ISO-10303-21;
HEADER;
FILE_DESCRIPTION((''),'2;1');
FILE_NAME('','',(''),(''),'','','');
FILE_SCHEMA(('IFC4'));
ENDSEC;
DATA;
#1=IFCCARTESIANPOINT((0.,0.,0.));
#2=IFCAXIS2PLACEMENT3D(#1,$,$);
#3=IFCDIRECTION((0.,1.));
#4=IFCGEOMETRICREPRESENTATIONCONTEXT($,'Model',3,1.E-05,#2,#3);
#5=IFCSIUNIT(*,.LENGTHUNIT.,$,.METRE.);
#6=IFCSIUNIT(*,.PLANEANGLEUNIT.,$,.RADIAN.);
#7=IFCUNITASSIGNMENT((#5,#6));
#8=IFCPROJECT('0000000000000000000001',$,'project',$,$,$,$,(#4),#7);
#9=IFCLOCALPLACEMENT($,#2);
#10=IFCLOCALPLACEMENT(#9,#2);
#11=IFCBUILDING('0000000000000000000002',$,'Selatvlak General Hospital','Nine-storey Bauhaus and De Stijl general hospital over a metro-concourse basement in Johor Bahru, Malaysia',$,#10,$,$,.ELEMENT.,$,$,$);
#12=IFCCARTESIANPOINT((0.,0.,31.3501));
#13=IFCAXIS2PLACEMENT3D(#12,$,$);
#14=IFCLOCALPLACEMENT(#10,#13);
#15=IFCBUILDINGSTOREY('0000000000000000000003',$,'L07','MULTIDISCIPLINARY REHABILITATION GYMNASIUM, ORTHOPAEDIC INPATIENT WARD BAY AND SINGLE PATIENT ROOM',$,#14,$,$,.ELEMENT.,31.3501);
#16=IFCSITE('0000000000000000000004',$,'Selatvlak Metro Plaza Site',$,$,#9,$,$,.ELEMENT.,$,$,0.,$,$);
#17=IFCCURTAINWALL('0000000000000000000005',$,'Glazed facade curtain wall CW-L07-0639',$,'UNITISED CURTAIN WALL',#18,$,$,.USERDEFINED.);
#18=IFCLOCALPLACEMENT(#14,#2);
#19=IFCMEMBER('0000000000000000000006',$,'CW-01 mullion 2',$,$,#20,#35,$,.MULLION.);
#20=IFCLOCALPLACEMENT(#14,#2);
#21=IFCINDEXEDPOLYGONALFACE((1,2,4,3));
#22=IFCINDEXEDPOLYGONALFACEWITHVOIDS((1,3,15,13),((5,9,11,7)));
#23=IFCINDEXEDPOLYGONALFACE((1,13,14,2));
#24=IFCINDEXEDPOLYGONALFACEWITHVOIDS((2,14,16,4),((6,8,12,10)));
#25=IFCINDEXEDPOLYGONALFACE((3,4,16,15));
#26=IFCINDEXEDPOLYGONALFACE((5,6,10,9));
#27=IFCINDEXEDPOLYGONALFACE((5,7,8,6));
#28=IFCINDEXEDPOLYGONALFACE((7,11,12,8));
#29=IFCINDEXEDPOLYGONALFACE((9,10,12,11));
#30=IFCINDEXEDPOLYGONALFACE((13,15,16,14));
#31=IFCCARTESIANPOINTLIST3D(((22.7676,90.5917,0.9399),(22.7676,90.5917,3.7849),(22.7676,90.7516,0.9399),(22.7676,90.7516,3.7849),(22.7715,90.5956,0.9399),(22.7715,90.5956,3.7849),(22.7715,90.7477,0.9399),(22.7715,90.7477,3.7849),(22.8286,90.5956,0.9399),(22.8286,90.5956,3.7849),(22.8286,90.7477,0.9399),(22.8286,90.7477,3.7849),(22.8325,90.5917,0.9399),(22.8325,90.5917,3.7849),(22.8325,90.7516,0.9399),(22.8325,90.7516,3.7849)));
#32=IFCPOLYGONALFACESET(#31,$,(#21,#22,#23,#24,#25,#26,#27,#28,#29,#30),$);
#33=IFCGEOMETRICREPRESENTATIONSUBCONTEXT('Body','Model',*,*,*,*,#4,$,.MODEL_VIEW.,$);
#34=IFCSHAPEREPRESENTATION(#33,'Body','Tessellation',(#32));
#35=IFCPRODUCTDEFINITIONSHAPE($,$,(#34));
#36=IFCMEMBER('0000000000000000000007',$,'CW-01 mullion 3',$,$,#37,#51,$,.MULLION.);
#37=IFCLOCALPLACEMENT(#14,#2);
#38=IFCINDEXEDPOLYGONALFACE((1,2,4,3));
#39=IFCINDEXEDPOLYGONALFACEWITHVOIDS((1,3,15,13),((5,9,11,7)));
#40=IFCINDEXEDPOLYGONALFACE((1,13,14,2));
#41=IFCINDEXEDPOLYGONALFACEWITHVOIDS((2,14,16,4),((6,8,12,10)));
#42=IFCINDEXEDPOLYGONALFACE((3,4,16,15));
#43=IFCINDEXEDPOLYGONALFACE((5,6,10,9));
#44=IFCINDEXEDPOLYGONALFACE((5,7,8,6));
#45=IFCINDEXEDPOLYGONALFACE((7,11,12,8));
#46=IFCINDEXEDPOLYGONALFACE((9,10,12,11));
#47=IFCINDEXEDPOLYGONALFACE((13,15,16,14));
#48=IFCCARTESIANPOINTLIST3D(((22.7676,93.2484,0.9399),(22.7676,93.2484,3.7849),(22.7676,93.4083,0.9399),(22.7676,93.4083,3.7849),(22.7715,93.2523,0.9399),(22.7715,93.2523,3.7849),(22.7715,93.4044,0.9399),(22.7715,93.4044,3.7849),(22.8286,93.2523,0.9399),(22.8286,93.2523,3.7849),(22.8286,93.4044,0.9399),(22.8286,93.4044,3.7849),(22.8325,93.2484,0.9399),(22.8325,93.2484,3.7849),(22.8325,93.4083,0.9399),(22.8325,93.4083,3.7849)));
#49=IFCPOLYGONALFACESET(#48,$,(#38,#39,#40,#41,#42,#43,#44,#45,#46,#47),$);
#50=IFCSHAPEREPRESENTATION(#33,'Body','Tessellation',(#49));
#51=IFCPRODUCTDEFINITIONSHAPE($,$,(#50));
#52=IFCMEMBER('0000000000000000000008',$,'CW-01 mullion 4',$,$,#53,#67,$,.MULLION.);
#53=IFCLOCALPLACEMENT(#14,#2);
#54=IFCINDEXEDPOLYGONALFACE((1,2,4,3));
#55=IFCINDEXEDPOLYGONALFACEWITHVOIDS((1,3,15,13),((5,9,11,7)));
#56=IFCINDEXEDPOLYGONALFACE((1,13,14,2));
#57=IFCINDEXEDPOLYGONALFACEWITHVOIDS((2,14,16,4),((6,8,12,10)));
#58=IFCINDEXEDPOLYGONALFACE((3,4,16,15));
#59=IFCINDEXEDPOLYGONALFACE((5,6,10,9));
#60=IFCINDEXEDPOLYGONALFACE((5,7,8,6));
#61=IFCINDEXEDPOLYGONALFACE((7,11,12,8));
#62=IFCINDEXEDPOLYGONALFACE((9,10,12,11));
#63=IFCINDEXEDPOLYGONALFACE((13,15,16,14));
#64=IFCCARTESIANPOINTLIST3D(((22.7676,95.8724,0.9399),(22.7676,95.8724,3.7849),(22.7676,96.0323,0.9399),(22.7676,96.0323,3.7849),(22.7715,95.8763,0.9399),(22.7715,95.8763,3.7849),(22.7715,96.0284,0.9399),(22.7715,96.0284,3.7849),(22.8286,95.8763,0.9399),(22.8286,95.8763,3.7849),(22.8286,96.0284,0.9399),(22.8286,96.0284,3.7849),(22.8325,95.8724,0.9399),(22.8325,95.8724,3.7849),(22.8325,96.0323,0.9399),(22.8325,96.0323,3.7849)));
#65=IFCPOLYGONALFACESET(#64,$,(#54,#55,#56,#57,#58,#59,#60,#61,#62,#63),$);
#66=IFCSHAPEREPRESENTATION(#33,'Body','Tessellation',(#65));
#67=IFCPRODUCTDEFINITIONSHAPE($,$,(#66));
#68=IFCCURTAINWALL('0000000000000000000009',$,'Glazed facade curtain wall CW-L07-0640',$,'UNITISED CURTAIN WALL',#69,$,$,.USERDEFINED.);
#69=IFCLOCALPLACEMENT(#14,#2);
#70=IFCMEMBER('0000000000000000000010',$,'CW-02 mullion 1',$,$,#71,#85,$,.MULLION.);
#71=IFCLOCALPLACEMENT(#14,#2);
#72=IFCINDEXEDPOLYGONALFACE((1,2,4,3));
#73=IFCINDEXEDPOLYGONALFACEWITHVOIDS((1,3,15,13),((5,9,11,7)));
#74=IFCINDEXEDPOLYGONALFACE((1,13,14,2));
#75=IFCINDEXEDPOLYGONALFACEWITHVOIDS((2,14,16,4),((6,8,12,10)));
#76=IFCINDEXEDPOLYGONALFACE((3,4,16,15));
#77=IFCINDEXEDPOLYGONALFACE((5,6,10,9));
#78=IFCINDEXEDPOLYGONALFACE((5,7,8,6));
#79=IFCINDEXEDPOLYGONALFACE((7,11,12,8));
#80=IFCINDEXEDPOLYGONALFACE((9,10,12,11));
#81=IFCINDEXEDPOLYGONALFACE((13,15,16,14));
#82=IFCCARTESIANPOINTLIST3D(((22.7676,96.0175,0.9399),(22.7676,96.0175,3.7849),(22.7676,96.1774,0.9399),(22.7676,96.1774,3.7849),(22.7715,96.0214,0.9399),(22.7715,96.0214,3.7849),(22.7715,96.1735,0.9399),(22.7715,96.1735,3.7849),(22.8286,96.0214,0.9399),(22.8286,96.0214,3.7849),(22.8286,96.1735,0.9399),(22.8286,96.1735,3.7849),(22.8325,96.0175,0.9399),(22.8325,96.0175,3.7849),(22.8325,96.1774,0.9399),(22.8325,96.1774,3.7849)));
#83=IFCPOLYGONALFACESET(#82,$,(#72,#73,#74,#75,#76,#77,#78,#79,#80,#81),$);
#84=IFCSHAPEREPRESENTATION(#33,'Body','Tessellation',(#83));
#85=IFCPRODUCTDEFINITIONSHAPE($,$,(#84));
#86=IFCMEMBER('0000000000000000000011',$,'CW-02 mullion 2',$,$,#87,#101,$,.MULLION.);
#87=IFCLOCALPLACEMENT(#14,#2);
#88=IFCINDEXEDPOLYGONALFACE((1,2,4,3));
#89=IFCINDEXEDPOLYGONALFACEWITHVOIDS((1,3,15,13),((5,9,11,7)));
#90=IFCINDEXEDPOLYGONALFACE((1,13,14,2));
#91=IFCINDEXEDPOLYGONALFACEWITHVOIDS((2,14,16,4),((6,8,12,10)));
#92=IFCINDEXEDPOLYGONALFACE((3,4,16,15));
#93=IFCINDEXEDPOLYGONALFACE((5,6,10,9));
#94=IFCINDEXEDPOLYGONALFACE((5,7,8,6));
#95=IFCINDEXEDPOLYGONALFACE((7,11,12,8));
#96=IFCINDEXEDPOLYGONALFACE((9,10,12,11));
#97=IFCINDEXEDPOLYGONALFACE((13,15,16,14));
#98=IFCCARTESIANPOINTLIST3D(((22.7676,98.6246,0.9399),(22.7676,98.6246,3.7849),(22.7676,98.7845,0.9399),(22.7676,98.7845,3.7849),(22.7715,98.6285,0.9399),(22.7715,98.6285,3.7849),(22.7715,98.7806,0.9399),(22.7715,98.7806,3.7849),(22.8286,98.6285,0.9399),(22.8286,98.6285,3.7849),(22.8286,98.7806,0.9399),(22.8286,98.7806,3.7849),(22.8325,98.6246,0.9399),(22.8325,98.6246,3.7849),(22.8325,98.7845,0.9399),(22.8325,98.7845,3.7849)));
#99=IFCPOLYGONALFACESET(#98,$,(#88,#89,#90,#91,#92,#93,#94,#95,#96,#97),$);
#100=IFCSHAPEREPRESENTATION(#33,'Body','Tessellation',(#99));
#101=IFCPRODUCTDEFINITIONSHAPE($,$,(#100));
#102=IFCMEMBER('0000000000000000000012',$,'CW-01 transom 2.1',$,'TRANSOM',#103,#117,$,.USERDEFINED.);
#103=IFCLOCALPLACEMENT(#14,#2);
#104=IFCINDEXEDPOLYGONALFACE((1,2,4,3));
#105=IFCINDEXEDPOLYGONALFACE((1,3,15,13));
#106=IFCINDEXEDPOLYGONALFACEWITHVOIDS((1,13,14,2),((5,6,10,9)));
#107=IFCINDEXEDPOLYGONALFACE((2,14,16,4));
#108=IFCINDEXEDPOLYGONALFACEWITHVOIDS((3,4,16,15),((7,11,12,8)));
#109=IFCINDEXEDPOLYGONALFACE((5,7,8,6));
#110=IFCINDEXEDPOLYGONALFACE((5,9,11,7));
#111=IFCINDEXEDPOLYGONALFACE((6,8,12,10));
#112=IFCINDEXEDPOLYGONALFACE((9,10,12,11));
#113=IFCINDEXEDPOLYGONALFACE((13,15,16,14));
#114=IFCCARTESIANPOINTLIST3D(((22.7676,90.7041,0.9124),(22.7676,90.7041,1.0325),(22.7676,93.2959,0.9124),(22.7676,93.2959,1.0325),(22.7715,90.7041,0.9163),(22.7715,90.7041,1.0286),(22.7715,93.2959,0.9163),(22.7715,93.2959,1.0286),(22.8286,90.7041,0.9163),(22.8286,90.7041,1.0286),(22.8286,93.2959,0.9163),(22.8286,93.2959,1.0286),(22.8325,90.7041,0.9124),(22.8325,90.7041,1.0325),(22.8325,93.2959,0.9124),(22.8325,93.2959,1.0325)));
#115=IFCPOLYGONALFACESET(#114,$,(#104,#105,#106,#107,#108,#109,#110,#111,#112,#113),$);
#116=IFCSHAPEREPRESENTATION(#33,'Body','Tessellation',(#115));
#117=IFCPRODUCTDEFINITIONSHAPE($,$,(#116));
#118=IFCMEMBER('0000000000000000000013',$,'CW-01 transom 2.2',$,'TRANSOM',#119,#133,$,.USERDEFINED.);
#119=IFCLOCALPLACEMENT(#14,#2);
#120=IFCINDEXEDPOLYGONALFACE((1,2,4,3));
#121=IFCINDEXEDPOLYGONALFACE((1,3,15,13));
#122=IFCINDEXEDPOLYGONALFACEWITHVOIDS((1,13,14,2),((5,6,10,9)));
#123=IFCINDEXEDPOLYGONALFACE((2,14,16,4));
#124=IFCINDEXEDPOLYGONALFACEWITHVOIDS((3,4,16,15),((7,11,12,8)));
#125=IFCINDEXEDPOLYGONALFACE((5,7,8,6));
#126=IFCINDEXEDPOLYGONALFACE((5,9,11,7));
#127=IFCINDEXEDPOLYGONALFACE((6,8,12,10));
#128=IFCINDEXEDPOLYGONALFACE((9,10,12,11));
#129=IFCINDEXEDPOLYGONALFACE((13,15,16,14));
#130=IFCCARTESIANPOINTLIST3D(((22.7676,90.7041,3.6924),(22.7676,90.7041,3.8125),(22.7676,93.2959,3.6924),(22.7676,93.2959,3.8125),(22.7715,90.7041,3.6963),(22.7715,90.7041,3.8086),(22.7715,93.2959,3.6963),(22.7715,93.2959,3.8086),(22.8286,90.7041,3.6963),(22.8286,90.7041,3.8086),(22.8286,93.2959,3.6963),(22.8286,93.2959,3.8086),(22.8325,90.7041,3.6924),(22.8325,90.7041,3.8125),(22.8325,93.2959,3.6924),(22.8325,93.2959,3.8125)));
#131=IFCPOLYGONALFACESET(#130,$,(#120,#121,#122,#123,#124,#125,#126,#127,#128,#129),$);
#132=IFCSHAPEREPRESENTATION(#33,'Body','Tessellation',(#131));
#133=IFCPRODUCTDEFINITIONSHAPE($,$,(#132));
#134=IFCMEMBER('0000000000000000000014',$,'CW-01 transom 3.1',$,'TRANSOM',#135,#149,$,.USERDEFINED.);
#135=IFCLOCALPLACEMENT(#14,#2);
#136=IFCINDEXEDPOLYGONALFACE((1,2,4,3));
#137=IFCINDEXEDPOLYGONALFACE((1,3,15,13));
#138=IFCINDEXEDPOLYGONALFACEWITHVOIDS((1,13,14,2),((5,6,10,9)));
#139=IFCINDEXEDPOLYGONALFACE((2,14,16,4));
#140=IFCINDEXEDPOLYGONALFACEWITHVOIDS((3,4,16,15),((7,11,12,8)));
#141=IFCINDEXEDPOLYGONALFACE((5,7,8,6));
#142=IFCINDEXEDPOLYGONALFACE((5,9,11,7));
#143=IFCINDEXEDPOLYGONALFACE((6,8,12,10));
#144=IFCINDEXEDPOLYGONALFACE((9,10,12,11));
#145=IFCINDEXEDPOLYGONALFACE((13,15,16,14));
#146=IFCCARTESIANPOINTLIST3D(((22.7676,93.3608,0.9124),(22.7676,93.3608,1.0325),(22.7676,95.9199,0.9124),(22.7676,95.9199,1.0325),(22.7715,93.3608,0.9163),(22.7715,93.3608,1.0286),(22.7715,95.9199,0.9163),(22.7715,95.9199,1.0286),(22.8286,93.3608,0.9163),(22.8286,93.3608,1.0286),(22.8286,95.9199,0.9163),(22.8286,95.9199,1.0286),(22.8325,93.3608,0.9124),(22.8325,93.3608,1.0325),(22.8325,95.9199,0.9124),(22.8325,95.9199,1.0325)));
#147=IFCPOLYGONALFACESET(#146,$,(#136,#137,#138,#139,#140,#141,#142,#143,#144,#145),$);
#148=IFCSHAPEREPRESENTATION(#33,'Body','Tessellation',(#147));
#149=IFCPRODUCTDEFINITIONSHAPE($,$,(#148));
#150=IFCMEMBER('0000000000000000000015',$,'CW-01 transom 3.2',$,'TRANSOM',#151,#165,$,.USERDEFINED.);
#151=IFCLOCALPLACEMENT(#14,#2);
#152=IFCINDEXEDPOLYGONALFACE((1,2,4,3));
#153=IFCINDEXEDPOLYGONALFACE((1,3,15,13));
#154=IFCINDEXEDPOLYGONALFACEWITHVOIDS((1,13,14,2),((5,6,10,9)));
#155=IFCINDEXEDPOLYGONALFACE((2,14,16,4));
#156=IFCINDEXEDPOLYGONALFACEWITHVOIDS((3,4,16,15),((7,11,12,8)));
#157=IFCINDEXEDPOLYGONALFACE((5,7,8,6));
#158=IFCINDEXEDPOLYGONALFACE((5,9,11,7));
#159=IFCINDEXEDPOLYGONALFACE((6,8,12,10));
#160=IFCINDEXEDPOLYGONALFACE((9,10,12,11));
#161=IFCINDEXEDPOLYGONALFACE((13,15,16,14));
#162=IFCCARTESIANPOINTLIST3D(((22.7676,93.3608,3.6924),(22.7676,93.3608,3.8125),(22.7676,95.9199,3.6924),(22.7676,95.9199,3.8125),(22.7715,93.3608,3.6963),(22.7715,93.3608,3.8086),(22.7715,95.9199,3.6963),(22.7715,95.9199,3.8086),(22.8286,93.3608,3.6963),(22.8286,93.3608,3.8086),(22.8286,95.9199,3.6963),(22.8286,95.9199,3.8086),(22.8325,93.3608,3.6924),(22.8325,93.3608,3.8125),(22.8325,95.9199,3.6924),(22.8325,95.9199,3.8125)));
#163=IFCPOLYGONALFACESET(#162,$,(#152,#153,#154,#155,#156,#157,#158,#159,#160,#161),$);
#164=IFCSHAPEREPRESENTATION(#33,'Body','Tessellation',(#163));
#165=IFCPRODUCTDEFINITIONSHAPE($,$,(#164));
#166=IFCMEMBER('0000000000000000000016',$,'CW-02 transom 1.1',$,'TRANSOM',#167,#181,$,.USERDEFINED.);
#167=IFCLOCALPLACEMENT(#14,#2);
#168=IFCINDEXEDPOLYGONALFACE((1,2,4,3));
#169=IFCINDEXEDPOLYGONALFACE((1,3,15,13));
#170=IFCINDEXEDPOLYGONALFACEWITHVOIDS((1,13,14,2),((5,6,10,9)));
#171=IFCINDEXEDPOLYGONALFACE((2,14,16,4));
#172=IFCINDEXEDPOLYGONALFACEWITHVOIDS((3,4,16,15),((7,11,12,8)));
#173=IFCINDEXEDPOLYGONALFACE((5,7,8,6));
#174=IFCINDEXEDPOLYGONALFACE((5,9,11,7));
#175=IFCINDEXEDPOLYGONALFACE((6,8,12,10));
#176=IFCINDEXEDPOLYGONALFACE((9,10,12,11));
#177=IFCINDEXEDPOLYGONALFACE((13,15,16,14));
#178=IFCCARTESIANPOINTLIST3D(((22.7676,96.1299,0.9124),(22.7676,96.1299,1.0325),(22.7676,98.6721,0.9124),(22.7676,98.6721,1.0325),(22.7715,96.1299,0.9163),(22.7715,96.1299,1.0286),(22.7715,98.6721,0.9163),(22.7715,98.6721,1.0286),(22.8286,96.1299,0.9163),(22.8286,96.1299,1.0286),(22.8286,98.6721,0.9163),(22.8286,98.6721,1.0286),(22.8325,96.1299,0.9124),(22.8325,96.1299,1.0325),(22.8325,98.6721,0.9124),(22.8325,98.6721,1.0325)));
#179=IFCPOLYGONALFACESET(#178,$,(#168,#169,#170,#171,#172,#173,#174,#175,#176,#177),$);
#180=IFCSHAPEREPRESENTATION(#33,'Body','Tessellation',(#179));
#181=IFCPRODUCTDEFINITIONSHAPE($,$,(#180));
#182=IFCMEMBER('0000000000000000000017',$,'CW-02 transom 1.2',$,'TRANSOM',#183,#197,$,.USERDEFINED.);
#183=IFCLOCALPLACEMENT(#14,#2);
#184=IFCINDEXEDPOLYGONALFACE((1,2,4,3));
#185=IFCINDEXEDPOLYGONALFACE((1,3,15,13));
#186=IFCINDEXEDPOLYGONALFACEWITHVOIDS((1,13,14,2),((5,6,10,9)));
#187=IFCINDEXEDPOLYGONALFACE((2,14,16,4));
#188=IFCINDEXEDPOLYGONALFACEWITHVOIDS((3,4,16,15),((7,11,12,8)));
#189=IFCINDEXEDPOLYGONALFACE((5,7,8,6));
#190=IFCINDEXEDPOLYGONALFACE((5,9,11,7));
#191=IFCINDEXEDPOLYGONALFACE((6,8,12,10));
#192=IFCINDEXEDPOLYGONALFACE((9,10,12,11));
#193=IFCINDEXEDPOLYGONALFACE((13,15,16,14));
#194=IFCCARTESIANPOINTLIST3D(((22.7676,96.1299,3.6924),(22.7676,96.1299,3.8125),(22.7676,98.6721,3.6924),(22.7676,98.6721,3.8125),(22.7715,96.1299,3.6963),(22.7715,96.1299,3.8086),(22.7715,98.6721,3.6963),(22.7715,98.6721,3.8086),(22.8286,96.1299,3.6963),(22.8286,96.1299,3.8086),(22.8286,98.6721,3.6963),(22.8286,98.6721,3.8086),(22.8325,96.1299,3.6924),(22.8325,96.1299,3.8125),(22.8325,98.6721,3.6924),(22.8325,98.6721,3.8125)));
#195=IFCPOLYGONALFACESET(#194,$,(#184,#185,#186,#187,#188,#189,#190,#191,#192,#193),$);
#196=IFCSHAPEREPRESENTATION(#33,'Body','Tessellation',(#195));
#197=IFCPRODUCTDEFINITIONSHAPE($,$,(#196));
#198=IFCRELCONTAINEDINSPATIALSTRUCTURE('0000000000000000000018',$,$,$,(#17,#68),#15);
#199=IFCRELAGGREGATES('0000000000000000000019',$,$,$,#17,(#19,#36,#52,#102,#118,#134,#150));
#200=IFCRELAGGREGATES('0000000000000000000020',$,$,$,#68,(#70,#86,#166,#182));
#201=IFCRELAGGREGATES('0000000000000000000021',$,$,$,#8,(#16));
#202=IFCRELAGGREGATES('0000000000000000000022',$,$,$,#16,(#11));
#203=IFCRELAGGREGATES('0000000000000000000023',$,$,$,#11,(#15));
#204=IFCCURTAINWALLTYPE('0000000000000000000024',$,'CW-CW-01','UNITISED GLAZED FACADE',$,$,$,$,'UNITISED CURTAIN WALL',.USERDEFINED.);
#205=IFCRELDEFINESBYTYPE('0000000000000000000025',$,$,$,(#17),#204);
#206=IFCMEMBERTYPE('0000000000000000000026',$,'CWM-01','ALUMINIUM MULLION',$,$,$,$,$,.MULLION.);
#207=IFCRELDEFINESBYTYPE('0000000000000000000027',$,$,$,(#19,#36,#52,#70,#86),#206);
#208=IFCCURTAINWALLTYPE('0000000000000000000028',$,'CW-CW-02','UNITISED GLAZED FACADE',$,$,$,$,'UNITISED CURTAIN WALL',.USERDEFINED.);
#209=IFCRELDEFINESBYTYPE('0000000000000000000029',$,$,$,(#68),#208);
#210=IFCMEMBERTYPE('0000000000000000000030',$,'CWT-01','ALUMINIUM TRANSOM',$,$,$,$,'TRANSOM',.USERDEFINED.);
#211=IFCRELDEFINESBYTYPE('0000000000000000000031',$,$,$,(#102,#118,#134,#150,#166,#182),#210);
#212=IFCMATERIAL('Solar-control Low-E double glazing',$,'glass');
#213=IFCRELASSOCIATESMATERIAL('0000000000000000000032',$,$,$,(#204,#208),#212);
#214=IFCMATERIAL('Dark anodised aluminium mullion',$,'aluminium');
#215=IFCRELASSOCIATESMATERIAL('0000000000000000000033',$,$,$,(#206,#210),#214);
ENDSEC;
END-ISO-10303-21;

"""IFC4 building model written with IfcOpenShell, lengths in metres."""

from ifc_helpers import new_model, si_unit, direction, frame, origin, origin_2d, place, context, subcontext, project, spatial, hollow_rectangle, extrude, material, material_profile, profile_set, type_object, element, aggregate, save


model = new_model("IFC4")

# Units and contexts
model_context = context("Model", 3, precision=1e-05, world=origin(), true_north=direction((0.0, 1.0)))
body_context = subcontext(model_context, "Body", "Model", "MODEL_VIEW")
ifc_project = project(units=[si_unit("LENGTHUNIT", "METRE"), si_unit("PLANEANGLEUNIT", "RADIAN")], contexts=[model_context])

# Site, building, storey
site_placement = place(None, origin())
site = spatial("IfcSite", under=ifc_project, at=site_placement, Name="Selatvlak Metro Plaza Site", CompositionType="ELEMENT", RefElevation=0.0)
building_placement = place(site_placement, origin())
building = spatial("IfcBuilding", under=site, at=building_placement, Name="Selatvlak General Hospital", Description="Nine-storey Bauhaus and De Stijl general hospital over a metro-concourse basement in Johor Bahru, Malaysia", CompositionType="ELEMENT")
storey_placement = place(building_placement, frame((0.0, 0.0, 31.3501)))
storey = spatial("IfcBuildingStorey", under=building, at=storey_placement, Name="L07", Description="MULTIDISCIPLINARY REHABILITATION GYMNASIUM, ORTHOPAEDIC INPATIENT WARD BAY AND SINGLE PATIENT ROOM", CompositionType="ELEMENT", Elevation=31.3501)

# Curtain walls, members
ifc_material_1 = material(Name="Solar-control Low-E double glazing", Category="glass")
curtain_wall_type_1 = type_object("IfcCurtainWallType", Name="CW-CW-01", Description="UNITISED GLAZED FACADE", ElementType="UNITISED CURTAIN WALL", PredefinedType="USERDEFINED", material=ifc_material_1)
curtain_wall_1_placement = place(storey_placement, origin())
curtain_wall_1 = element("IfcCurtainWall", 1, at=curtain_wall_1_placement, inside=storey, type_object=curtain_wall_type_1, Name="Glazed facade curtain wall CW-L07-0639", ObjectType="UNITISED CURTAIN WALL", PredefinedType="USERDEFINED")
ifc_material_2 = material(Name="Dark anodised aluminium mullion", Category="aluminium")
ifc_material_profile_1 = material_profile(ifc_material_2, hollow_rectangle(XDim=0.0649, YDim=0.1599, WallThickness=0.0039, at=origin_2d()), Name="AL-MUL 65x160x4")
ifc_profile_set_1 = profile_set([ifc_material_profile_1], Name="Dark anodised aluminium mullion")
member_type_1 = type_object("IfcMemberType", Name="CWM-01", Description="ALUMINIUM MULLION", PredefinedType="MULLION", material=ifc_profile_set_1)
member_1_placement = place(storey_placement, frame((22.8, 90.6716, 0.9399), z_axis=(0.0, 0.0, 1.0), x_axis=(-1.0, 0.0, 0.0)))
member_1 = element("IfcMember", 2, at=member_1_placement, type_object=member_type_1, Name="CW-01 mullion 2", PredefinedType="MULLION", context=body_context, shape_type="SweptSolid", body=[
    extrude(hollow_rectangle(XDim=0.0649, YDim=0.1599, WallThickness=0.0039, at=origin_2d()), origin(), (0.0, 0.0, 1.0), 2.845),
])
member_2_placement = place(storey_placement, frame((22.8, 93.3284, 0.9399), z_axis=(0.0, 0.0, 1.0), x_axis=(-1.0, 0.0, 0.0)))
member_2 = element("IfcMember", 3, at=member_2_placement, type_object=member_type_1, Name="CW-01 mullion 3", PredefinedType="MULLION", context=body_context, shape_type="SweptSolid", body=[
    extrude(hollow_rectangle(XDim=0.0649, YDim=0.1599, WallThickness=0.0039, at=origin_2d()), origin(), (0.0, 0.0, 1.0), 2.845),
])
member_3_placement = place(storey_placement, frame((22.8, 95.9524, 0.9399), z_axis=(0.0, 0.0, 1.0), x_axis=(-1.0, 0.0, 0.0)))
member_3 = element("IfcMember", 4, at=member_3_placement, type_object=member_type_1, Name="CW-01 mullion 4", PredefinedType="MULLION", context=body_context, shape_type="SweptSolid", body=[
    extrude(hollow_rectangle(XDim=0.0649, YDim=0.1599, WallThickness=0.0039, at=origin_2d()), origin(), (0.0, 0.0, 1.0), 2.845),
])
curtain_wall_type_2 = type_object("IfcCurtainWallType", Name="CW-CW-02", Description="UNITISED GLAZED FACADE", ElementType="UNITISED CURTAIN WALL", PredefinedType="USERDEFINED", material=ifc_material_1)
curtain_wall_2_placement = place(storey_placement, origin())
curtain_wall_2 = element("IfcCurtainWall", 5, at=curtain_wall_2_placement, inside=storey, type_object=curtain_wall_type_2, Name="Glazed facade curtain wall CW-L07-0640", ObjectType="UNITISED CURTAIN WALL", PredefinedType="USERDEFINED")
member_4_placement = place(storey_placement, frame((22.8, 96.0974, 0.9399), z_axis=(0.0, 0.0, 1.0), x_axis=(-1.0, 0.0, 0.0)))
member_4 = element("IfcMember", 6, at=member_4_placement, type_object=member_type_1, Name="CW-02 mullion 1", PredefinedType="MULLION", context=body_context, shape_type="SweptSolid", body=[
    extrude(hollow_rectangle(XDim=0.0649, YDim=0.1599, WallThickness=0.0039, at=origin_2d()), origin(), (0.0, 0.0, 1.0), 2.845),
])
member_5_placement = place(storey_placement, frame((22.8, 98.7046, 0.9399), z_axis=(0.0, 0.0, 1.0), x_axis=(-1.0, 0.0, 0.0)))
member_5 = element("IfcMember", 7, at=member_5_placement, type_object=member_type_1, Name="CW-02 mullion 2", PredefinedType="MULLION", context=body_context, shape_type="SweptSolid", body=[
    extrude(hollow_rectangle(XDim=0.0649, YDim=0.1599, WallThickness=0.0039, at=origin_2d()), origin(), (0.0, 0.0, 1.0), 2.845),
])

# Members
ifc_material_profile_2 = material_profile(ifc_material_2, hollow_rectangle(XDim=0.0649, YDim=0.1201, WallThickness=0.0039, at=origin_2d()), Name="AL-TRN 65x120x4")
ifc_profile_set_2 = profile_set([ifc_material_profile_2], Name="Dark anodised aluminium mullion")
member_type_2 = type_object("IfcMemberType", Name="CWT-01", Description="ALUMINIUM TRANSOM", ElementType="TRANSOM", PredefinedType="USERDEFINED", material=ifc_profile_set_2)
member_6_placement = place(storey_placement, frame((22.8, 90.7041, 0.9724), z_axis=(0.0, 1.0, 0.0), x_axis=(-1.0, 0.0, 0.0)))
member_6 = element("IfcMember", 8, at=member_6_placement, type_object=member_type_2, Name="CW-01 transom 2.1", ObjectType="TRANSOM", PredefinedType="USERDEFINED", context=body_context, shape_type="SweptSolid", body=[
    extrude(hollow_rectangle(XDim=0.0649, YDim=0.1201, WallThickness=0.0039, at=origin_2d()), origin(), (0.0, 0.0, 1.0), 2.5918),
])
member_7_placement = place(storey_placement, frame((22.8, 90.7041, 3.7524), z_axis=(0.0, 1.0, 0.0), x_axis=(-1.0, 0.0, 0.0)))
member_7 = element("IfcMember", 9, at=member_7_placement, type_object=member_type_2, Name="CW-01 transom 2.2", ObjectType="TRANSOM", PredefinedType="USERDEFINED", context=body_context, shape_type="SweptSolid", body=[
    extrude(hollow_rectangle(XDim=0.0649, YDim=0.1201, WallThickness=0.0039, at=origin_2d()), origin(), (0.0, 0.0, 1.0), 2.5918),
])
member_8_placement = place(storey_placement, frame((22.8, 93.3608, 0.9724), z_axis=(0.0, 1.0, 0.0), x_axis=(-1.0, 0.0, 0.0)))
member_8 = element("IfcMember", 10, at=member_8_placement, type_object=member_type_2, Name="CW-01 transom 3.1", ObjectType="TRANSOM", PredefinedType="USERDEFINED", context=body_context, shape_type="SweptSolid", body=[
    extrude(hollow_rectangle(XDim=0.0649, YDim=0.1201, WallThickness=0.0039, at=origin_2d()), origin(), (0.0, 0.0, 1.0), 2.5591),
])
member_9_placement = place(storey_placement, frame((22.8, 93.3608, 3.7524), z_axis=(0.0, 1.0, 0.0), x_axis=(-1.0, 0.0, 0.0)))
member_9 = element("IfcMember", 11, at=member_9_placement, type_object=member_type_2, Name="CW-01 transom 3.2", ObjectType="TRANSOM", PredefinedType="USERDEFINED", context=body_context, shape_type="SweptSolid", body=[
    extrude(hollow_rectangle(XDim=0.0649, YDim=0.1201, WallThickness=0.0039, at=origin_2d()), origin(), (0.0, 0.0, 1.0), 2.5591),
])
member_10_placement = place(storey_placement, frame((22.8, 96.1299, 0.9724), z_axis=(0.0, 1.0, 0.0), x_axis=(-1.0, 0.0, 0.0)))
member_10 = element("IfcMember", 12, at=member_10_placement, type_object=member_type_2, Name="CW-02 transom 1.1", ObjectType="TRANSOM", PredefinedType="USERDEFINED", context=body_context, shape_type="SweptSolid", body=[
    extrude(hollow_rectangle(XDim=0.0649, YDim=0.1201, WallThickness=0.0039, at=origin_2d()), origin(), (0.0, 0.0, 1.0), 2.5422),
])
member_11_placement = place(storey_placement, frame((22.8, 96.1299, 3.7524), z_axis=(0.0, 1.0, 0.0), x_axis=(-1.0, 0.0, 0.0)))
member_11 = element("IfcMember", 13, at=member_11_placement, type_object=member_type_2, Name="CW-02 transom 1.2", ObjectType="TRANSOM", PredefinedType="USERDEFINED", context=body_context, shape_type="SweptSolid", body=[
    extrude(hollow_rectangle(XDim=0.0649, YDim=0.1201, WallThickness=0.0039, at=origin_2d()), origin(), (0.0, 0.0, 1.0), 2.5422),
])

aggregate(curtain_wall_1, [member_1, member_2, member_3, member_6, member_7, member_8, member_9])
aggregate(curtain_wall_2, [member_4, member_5, member_10, member_11])

save(model, "model.ifc")
